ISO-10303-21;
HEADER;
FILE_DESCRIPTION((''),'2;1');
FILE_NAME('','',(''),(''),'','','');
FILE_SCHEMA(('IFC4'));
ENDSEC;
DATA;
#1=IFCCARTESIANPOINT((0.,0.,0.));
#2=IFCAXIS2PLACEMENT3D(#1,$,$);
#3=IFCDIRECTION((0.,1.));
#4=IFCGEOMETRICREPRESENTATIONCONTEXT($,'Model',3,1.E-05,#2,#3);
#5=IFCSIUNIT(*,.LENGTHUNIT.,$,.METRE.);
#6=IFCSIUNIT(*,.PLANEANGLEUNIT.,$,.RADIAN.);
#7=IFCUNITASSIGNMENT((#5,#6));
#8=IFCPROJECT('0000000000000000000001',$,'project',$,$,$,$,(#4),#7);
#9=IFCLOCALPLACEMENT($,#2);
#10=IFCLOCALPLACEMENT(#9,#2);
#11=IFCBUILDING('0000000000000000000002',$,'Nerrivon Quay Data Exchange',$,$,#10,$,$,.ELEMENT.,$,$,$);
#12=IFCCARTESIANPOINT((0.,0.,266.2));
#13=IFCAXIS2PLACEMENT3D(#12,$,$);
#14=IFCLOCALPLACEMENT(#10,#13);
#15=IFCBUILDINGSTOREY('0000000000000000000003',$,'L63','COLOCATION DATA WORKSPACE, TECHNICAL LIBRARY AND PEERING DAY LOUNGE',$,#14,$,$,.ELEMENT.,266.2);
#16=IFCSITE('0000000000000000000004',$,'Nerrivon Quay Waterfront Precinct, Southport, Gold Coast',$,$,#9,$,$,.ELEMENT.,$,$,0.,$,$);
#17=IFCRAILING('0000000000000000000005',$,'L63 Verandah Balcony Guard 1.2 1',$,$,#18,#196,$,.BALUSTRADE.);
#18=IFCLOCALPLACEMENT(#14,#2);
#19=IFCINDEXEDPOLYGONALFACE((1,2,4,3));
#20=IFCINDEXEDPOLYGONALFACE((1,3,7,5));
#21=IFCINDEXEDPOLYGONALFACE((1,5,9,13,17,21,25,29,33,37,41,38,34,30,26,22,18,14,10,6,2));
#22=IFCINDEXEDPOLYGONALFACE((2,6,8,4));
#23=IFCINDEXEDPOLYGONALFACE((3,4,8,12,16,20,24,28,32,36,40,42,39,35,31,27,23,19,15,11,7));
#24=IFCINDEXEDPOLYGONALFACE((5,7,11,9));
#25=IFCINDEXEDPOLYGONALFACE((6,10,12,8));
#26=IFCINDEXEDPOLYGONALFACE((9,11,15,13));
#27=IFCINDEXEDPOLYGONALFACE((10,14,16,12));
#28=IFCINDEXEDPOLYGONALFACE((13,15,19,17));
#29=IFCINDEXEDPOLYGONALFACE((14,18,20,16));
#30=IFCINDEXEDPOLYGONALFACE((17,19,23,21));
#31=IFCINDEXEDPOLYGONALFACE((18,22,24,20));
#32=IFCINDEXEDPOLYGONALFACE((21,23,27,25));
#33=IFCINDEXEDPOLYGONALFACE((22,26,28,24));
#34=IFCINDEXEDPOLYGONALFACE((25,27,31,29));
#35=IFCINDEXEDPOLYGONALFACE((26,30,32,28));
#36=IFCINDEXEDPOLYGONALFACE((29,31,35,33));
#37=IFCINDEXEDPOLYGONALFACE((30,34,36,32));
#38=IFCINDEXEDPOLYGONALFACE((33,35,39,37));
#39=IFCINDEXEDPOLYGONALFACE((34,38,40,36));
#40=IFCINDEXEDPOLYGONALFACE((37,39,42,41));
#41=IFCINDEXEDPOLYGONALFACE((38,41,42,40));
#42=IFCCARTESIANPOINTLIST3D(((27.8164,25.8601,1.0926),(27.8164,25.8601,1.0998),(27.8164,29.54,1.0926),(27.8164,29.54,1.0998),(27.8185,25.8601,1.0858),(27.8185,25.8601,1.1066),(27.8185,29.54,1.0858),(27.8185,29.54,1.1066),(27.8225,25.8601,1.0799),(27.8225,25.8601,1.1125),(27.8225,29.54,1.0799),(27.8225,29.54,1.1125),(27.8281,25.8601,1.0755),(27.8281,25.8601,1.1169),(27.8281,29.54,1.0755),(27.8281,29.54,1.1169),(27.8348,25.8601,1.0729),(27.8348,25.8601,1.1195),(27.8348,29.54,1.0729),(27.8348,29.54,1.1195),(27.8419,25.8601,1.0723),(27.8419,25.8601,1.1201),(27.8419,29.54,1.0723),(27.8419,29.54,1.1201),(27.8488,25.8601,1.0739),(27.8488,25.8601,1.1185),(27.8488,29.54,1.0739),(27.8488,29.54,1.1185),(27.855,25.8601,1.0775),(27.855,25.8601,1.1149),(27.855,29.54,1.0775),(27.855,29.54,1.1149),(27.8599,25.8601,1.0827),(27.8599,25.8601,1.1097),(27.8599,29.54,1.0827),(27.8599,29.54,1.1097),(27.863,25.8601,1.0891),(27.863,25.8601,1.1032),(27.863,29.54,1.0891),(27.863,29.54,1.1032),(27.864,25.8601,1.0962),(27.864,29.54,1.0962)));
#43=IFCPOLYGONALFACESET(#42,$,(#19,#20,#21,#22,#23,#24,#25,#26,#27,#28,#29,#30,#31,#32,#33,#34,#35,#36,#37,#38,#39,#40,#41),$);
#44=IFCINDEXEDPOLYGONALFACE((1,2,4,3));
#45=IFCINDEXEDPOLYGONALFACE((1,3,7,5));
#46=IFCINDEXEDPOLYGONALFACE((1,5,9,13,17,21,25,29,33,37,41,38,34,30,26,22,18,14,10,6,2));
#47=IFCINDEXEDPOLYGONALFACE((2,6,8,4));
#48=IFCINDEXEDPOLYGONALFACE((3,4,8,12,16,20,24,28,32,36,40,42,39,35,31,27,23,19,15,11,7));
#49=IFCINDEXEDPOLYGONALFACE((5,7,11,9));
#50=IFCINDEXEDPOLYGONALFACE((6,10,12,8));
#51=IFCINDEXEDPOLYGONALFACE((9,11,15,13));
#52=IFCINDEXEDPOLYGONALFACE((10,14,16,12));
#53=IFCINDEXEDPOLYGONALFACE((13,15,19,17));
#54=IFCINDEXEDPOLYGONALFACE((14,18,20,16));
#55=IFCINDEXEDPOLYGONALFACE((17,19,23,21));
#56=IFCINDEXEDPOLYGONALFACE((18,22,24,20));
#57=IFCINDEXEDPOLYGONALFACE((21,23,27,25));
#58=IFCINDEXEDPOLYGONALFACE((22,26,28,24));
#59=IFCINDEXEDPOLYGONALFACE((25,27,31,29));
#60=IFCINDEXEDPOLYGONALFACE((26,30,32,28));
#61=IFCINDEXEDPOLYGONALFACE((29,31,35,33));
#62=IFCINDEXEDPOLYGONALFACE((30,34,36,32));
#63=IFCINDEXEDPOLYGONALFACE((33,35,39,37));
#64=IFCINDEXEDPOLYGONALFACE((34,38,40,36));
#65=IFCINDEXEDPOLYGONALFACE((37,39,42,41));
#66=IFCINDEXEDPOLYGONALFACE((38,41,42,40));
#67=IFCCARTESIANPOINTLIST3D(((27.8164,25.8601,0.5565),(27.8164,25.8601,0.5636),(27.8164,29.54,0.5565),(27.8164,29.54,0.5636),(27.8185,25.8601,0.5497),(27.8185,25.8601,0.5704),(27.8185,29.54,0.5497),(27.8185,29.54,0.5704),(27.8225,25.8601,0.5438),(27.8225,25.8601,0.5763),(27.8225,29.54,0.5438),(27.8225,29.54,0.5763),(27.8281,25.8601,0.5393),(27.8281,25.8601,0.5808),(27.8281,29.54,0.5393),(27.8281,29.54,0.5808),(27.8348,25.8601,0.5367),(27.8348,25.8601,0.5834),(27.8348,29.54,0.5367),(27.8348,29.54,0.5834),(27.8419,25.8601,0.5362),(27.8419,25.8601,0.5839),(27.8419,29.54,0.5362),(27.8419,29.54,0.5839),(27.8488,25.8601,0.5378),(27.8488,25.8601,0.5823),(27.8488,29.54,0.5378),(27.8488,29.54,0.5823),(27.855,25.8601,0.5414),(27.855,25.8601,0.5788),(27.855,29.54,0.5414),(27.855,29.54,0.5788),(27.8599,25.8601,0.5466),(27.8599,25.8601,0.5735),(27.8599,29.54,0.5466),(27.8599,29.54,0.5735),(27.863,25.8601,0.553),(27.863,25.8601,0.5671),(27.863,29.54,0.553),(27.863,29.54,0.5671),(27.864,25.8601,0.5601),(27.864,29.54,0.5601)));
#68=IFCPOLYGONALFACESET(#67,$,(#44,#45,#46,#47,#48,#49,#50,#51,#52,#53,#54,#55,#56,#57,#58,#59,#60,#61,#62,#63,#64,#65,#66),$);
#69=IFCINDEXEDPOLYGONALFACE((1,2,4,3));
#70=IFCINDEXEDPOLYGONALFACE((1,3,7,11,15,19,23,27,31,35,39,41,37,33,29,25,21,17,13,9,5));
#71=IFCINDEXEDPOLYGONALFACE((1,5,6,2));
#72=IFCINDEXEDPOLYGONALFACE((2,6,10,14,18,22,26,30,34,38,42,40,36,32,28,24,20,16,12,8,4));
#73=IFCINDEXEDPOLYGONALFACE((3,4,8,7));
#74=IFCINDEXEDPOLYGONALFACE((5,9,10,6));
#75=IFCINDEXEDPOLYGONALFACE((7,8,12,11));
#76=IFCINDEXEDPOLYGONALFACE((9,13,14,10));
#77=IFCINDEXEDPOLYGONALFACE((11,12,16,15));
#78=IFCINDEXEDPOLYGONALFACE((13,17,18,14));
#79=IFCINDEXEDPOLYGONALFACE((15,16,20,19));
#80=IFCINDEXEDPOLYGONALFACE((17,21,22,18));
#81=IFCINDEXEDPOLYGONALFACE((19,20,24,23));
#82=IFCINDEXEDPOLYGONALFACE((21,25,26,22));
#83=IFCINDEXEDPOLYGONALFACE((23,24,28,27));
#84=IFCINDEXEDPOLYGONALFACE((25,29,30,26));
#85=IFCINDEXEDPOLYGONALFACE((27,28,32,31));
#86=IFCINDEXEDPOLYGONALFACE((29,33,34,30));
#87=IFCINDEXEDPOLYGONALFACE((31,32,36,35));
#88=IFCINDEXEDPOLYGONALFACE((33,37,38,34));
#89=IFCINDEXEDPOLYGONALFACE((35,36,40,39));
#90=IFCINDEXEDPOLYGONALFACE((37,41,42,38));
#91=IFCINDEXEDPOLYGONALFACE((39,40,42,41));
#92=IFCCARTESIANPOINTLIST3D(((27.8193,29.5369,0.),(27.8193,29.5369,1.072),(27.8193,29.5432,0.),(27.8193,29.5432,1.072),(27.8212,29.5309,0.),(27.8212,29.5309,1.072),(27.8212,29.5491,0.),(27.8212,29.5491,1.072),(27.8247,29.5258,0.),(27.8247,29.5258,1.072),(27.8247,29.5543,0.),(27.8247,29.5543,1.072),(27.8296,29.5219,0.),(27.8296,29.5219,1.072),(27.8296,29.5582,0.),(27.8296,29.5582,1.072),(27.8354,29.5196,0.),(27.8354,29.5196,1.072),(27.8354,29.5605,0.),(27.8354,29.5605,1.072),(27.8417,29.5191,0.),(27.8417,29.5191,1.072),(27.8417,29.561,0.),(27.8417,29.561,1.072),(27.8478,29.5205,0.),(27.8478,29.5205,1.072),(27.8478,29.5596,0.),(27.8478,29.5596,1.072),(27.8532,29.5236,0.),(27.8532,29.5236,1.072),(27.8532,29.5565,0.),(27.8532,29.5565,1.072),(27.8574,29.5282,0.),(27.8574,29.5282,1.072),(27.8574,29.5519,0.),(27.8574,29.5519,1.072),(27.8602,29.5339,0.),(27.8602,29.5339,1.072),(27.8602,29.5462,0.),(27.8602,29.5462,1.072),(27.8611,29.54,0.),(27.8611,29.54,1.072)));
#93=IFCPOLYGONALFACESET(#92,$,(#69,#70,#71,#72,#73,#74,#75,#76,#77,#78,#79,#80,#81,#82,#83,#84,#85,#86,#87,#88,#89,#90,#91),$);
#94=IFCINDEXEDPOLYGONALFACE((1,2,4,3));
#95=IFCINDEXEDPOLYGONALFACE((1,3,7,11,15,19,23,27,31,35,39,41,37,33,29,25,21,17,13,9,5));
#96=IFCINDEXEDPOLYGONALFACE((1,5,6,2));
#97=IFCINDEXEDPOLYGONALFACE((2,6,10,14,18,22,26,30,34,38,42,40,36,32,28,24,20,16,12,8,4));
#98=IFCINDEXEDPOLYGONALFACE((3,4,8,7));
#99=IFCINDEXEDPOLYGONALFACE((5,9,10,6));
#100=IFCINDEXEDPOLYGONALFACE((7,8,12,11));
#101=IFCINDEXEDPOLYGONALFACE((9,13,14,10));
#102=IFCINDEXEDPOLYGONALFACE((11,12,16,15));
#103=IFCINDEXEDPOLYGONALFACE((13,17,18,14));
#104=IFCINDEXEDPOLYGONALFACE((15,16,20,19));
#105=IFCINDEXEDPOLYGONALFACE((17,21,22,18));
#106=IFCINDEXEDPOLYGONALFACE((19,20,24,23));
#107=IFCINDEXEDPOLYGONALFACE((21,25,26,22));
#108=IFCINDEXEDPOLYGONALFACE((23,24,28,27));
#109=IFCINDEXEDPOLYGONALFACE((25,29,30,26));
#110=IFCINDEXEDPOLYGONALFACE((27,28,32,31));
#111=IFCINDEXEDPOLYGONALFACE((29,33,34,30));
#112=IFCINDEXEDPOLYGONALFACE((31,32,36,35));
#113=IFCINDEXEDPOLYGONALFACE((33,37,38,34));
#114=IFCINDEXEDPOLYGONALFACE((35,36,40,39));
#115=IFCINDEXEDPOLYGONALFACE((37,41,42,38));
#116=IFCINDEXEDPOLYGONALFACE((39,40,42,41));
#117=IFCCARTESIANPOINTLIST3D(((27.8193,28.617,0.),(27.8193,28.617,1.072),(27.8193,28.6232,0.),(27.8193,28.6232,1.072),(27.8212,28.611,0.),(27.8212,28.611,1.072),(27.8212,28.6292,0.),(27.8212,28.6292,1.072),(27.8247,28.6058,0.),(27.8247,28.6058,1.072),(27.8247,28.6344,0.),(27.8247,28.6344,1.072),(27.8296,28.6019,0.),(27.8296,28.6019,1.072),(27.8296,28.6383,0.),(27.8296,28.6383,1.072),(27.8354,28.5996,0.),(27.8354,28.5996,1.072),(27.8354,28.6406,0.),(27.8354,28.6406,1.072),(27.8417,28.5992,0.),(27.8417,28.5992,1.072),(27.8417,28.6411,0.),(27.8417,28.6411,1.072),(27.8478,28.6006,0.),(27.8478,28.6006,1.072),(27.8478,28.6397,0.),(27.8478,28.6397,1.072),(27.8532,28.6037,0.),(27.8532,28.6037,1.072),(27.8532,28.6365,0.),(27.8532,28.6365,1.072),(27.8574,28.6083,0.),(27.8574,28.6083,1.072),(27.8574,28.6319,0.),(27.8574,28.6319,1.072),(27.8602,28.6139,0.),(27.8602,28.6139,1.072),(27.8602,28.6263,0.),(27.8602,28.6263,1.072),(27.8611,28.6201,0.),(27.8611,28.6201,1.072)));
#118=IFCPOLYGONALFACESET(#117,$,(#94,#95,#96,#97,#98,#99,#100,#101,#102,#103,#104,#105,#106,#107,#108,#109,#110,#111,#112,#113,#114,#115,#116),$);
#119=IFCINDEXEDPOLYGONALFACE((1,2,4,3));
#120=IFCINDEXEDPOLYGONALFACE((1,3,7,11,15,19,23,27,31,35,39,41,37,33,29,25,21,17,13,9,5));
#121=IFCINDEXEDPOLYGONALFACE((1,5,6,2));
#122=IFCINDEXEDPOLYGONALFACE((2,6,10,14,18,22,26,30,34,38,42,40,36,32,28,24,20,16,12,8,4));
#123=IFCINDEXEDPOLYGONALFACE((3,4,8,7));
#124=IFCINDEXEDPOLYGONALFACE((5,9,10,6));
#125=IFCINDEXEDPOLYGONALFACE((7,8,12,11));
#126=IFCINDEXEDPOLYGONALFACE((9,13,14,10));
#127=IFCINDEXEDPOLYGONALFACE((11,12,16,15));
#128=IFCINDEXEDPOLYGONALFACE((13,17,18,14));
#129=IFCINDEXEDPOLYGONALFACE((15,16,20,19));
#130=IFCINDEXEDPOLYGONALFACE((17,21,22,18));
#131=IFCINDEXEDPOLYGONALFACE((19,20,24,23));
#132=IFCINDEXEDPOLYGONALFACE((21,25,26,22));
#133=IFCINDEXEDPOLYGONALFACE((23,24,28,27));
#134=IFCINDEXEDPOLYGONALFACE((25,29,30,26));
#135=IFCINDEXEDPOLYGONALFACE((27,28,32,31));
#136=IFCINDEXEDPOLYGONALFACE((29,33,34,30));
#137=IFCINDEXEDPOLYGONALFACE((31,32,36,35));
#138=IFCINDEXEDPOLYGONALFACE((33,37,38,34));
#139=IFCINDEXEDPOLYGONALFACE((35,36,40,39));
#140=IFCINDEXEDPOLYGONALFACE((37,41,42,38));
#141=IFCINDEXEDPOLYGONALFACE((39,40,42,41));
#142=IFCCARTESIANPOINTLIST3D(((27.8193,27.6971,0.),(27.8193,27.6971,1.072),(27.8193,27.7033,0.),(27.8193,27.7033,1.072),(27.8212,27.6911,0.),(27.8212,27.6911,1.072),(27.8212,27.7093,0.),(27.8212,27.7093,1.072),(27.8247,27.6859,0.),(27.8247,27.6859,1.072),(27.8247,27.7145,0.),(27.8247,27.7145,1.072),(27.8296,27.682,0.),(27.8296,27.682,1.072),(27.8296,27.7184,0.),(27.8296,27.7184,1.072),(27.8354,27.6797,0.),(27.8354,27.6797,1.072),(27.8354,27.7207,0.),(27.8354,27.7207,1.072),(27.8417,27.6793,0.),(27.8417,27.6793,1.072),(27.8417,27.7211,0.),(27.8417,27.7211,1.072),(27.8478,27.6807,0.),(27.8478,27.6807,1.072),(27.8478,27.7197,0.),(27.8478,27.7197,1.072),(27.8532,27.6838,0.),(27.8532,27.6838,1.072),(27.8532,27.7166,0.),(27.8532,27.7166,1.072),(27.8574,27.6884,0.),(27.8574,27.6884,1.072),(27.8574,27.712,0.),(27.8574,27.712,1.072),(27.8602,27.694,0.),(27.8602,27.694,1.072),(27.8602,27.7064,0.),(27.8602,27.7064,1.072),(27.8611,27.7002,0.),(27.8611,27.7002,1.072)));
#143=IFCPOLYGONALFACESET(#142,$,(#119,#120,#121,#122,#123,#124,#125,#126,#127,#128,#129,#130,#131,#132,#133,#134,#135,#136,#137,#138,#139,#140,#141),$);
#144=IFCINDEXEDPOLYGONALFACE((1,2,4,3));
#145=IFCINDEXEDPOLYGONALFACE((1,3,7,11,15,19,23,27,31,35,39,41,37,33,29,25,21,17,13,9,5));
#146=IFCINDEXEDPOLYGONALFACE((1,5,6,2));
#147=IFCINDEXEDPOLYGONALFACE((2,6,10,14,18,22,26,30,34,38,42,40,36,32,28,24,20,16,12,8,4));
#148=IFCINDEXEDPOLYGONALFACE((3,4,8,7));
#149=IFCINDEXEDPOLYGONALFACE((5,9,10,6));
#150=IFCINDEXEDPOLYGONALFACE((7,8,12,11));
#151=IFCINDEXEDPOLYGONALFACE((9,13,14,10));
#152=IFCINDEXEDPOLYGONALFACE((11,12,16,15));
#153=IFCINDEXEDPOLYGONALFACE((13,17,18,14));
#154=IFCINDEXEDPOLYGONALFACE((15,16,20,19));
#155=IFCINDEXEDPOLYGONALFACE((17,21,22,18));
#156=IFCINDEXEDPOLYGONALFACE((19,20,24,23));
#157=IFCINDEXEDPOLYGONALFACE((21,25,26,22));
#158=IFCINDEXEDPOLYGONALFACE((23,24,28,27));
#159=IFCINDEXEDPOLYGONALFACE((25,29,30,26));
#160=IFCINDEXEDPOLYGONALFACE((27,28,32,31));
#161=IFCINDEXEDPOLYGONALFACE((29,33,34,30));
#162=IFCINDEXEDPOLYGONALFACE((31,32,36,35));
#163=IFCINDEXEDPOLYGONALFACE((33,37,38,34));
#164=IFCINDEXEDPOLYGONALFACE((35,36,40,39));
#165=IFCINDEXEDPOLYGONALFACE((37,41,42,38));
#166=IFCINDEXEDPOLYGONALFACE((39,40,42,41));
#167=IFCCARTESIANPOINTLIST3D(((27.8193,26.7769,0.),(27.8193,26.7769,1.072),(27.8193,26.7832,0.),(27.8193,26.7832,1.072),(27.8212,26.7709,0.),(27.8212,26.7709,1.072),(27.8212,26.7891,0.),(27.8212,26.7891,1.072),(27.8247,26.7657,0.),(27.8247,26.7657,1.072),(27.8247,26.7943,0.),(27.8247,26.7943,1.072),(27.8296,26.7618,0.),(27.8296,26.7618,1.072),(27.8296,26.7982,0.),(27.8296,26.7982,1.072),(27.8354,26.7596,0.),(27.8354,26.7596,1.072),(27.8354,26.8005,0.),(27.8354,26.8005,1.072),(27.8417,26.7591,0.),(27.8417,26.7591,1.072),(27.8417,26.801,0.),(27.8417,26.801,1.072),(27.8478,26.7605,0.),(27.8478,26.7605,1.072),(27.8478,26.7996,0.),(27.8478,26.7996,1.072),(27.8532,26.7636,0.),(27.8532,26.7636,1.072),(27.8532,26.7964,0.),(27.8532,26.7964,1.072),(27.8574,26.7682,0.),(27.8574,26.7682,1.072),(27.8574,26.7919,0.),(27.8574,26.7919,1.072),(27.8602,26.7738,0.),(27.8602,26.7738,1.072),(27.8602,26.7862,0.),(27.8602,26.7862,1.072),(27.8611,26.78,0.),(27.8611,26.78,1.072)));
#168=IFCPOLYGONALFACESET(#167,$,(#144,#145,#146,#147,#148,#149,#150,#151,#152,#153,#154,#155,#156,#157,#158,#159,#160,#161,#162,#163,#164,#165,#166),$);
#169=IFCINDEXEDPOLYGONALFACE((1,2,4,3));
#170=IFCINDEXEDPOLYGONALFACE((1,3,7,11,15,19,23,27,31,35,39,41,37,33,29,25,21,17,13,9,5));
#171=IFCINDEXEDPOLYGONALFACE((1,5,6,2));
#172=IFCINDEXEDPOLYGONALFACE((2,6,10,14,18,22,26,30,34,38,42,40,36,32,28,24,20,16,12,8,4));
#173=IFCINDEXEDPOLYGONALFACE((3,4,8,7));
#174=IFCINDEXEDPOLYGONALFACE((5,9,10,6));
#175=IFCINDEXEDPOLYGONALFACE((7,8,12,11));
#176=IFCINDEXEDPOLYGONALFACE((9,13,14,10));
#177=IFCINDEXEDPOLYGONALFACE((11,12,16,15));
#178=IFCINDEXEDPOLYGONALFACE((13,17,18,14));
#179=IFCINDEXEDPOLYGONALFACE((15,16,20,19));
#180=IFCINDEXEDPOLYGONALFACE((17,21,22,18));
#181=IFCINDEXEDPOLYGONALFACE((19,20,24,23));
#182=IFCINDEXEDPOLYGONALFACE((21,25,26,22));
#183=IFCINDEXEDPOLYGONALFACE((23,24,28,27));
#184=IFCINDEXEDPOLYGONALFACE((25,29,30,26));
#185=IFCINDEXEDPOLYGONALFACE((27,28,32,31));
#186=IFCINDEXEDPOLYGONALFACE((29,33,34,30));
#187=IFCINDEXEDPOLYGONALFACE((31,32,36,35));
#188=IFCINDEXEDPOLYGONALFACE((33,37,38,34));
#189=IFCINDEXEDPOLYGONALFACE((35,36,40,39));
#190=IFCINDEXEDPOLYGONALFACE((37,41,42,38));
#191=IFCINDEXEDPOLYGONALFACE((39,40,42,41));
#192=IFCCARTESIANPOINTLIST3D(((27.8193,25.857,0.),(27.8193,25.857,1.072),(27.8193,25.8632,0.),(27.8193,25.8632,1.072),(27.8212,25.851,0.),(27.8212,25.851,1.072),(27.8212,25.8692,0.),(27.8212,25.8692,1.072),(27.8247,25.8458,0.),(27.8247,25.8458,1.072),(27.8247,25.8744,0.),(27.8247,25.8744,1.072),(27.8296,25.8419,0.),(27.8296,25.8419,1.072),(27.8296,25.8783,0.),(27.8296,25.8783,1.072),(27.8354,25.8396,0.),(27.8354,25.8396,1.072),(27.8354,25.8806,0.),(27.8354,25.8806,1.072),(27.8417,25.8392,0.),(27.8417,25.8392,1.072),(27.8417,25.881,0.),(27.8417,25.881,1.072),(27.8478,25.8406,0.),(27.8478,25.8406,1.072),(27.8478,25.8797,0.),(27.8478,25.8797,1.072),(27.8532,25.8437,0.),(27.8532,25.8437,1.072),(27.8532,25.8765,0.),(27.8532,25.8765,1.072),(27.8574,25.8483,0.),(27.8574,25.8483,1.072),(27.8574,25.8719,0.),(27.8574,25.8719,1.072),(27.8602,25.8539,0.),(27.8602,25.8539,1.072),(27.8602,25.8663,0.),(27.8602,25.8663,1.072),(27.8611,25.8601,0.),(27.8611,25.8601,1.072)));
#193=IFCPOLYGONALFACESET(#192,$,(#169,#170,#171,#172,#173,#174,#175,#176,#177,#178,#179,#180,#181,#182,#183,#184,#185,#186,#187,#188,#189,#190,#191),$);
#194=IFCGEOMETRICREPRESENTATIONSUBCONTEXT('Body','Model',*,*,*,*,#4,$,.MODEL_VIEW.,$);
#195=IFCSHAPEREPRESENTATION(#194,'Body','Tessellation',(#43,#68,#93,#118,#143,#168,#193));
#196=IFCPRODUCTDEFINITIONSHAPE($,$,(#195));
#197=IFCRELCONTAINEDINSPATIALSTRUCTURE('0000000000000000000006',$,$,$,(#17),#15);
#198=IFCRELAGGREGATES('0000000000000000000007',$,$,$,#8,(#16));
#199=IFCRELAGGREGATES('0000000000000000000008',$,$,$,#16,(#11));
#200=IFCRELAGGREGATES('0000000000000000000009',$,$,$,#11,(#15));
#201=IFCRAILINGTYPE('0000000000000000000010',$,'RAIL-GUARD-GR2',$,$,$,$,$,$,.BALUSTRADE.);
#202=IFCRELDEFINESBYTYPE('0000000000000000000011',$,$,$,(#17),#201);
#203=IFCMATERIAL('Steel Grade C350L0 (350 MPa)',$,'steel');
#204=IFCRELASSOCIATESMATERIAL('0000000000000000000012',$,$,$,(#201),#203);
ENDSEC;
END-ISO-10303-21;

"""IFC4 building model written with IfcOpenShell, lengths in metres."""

from ifc_helpers import new_model, si_unit, direction, frame, origin, origin_2d, place, context, subcontext, project, spatial, circle, extrude, material, type_object, element, save


model = new_model("IFC4")

# Units and contexts
model_context = context("Model", 3, precision=1e-05, world=origin(), true_north=direction((0.0, 1.0)))
body_context = subcontext(model_context, "Body", "Model", "MODEL_VIEW")
ifc_project = project(units=[si_unit("LENGTHUNIT", "METRE"), si_unit("PLANEANGLEUNIT", "RADIAN")], contexts=[model_context])

# Site, building, storey
site_placement = place(None, origin())
site = spatial("IfcSite", under=ifc_project, at=site_placement, Name="Nerrivon Quay Waterfront Precinct, Southport, Gold Coast", CompositionType="ELEMENT", RefElevation=0.0)
building_placement = place(site_placement, origin())
building = spatial("IfcBuilding", under=site, at=building_placement, Name="Nerrivon Quay Data Exchange", CompositionType="ELEMENT")
storey_placement = place(building_placement, frame((0.0, 0.0, 266.2)))
storey = spatial("IfcBuildingStorey", under=building, at=storey_placement, Name="L63", Description="COLOCATION DATA WORKSPACE, TECHNICAL LIBRARY AND PEERING DAY LOUNGE", CompositionType="ELEMENT", Elevation=266.2)

# Shared definitions
ifc_material_1 = material(Name="Steel Grade C350L0 (350 MPa)", Category="steel")

# Railing
railing_type = type_object("IfcRailingType", Name="RAIL-GUARD-GR2", PredefinedType="BALUSTRADE", material=ifc_material_1)
railing_1_placement = place(storey_placement, frame((27.8401, 29.54, 0.0)))
element("IfcRailing", 1, at=railing_1_placement, inside=storey, type_object=railing_type, Name="L63 Verandah Balcony Guard 1.2 1", PredefinedType="BALUSTRADE", context=body_context, shape_type="SweptSolid", body=[
    extrude(circle(Radius=0.0239, at=origin_2d()), frame((0.0, 0.0, 1.0962), z_axis=(0.0, -1.0, 0.0), x_axis=(1.0, 0.0, 0.0)), (0.0, 0.0, 1.0), 3.6799),
    extrude(circle(Radius=0.0239, at=origin_2d()), frame((0.0, 0.0, 0.5601), z_axis=(0.0, -1.0, 0.0), x_axis=(1.0, 0.0, 0.0)), (0.0, 0.0, 1.0), 3.6799),
    extrude(circle(Radius=0.021, at=origin_2d()), origin(), (0.0, 0.0, 1.0), 1.072),
    extrude(circle(Radius=0.021, at=origin_2d()), frame((0.0, -0.9199, 0.0)), (0.0, 0.0, 1.0), 1.072),
    extrude(circle(Radius=0.021, at=origin_2d()), frame((0.0, -1.8398, 0.0)), (0.0, 0.0, 1.0), 1.072),
    extrude(circle(Radius=0.021, at=origin_2d()), frame((0.0, -2.76, 0.0)), (0.0, 0.0, 1.0), 1.072),
    extrude(circle(Radius=0.021, at=origin_2d()), frame((0.0, -3.6799, 0.0)), (0.0, 0.0, 1.0), 1.072),
])

save(model, "model.ifc")
